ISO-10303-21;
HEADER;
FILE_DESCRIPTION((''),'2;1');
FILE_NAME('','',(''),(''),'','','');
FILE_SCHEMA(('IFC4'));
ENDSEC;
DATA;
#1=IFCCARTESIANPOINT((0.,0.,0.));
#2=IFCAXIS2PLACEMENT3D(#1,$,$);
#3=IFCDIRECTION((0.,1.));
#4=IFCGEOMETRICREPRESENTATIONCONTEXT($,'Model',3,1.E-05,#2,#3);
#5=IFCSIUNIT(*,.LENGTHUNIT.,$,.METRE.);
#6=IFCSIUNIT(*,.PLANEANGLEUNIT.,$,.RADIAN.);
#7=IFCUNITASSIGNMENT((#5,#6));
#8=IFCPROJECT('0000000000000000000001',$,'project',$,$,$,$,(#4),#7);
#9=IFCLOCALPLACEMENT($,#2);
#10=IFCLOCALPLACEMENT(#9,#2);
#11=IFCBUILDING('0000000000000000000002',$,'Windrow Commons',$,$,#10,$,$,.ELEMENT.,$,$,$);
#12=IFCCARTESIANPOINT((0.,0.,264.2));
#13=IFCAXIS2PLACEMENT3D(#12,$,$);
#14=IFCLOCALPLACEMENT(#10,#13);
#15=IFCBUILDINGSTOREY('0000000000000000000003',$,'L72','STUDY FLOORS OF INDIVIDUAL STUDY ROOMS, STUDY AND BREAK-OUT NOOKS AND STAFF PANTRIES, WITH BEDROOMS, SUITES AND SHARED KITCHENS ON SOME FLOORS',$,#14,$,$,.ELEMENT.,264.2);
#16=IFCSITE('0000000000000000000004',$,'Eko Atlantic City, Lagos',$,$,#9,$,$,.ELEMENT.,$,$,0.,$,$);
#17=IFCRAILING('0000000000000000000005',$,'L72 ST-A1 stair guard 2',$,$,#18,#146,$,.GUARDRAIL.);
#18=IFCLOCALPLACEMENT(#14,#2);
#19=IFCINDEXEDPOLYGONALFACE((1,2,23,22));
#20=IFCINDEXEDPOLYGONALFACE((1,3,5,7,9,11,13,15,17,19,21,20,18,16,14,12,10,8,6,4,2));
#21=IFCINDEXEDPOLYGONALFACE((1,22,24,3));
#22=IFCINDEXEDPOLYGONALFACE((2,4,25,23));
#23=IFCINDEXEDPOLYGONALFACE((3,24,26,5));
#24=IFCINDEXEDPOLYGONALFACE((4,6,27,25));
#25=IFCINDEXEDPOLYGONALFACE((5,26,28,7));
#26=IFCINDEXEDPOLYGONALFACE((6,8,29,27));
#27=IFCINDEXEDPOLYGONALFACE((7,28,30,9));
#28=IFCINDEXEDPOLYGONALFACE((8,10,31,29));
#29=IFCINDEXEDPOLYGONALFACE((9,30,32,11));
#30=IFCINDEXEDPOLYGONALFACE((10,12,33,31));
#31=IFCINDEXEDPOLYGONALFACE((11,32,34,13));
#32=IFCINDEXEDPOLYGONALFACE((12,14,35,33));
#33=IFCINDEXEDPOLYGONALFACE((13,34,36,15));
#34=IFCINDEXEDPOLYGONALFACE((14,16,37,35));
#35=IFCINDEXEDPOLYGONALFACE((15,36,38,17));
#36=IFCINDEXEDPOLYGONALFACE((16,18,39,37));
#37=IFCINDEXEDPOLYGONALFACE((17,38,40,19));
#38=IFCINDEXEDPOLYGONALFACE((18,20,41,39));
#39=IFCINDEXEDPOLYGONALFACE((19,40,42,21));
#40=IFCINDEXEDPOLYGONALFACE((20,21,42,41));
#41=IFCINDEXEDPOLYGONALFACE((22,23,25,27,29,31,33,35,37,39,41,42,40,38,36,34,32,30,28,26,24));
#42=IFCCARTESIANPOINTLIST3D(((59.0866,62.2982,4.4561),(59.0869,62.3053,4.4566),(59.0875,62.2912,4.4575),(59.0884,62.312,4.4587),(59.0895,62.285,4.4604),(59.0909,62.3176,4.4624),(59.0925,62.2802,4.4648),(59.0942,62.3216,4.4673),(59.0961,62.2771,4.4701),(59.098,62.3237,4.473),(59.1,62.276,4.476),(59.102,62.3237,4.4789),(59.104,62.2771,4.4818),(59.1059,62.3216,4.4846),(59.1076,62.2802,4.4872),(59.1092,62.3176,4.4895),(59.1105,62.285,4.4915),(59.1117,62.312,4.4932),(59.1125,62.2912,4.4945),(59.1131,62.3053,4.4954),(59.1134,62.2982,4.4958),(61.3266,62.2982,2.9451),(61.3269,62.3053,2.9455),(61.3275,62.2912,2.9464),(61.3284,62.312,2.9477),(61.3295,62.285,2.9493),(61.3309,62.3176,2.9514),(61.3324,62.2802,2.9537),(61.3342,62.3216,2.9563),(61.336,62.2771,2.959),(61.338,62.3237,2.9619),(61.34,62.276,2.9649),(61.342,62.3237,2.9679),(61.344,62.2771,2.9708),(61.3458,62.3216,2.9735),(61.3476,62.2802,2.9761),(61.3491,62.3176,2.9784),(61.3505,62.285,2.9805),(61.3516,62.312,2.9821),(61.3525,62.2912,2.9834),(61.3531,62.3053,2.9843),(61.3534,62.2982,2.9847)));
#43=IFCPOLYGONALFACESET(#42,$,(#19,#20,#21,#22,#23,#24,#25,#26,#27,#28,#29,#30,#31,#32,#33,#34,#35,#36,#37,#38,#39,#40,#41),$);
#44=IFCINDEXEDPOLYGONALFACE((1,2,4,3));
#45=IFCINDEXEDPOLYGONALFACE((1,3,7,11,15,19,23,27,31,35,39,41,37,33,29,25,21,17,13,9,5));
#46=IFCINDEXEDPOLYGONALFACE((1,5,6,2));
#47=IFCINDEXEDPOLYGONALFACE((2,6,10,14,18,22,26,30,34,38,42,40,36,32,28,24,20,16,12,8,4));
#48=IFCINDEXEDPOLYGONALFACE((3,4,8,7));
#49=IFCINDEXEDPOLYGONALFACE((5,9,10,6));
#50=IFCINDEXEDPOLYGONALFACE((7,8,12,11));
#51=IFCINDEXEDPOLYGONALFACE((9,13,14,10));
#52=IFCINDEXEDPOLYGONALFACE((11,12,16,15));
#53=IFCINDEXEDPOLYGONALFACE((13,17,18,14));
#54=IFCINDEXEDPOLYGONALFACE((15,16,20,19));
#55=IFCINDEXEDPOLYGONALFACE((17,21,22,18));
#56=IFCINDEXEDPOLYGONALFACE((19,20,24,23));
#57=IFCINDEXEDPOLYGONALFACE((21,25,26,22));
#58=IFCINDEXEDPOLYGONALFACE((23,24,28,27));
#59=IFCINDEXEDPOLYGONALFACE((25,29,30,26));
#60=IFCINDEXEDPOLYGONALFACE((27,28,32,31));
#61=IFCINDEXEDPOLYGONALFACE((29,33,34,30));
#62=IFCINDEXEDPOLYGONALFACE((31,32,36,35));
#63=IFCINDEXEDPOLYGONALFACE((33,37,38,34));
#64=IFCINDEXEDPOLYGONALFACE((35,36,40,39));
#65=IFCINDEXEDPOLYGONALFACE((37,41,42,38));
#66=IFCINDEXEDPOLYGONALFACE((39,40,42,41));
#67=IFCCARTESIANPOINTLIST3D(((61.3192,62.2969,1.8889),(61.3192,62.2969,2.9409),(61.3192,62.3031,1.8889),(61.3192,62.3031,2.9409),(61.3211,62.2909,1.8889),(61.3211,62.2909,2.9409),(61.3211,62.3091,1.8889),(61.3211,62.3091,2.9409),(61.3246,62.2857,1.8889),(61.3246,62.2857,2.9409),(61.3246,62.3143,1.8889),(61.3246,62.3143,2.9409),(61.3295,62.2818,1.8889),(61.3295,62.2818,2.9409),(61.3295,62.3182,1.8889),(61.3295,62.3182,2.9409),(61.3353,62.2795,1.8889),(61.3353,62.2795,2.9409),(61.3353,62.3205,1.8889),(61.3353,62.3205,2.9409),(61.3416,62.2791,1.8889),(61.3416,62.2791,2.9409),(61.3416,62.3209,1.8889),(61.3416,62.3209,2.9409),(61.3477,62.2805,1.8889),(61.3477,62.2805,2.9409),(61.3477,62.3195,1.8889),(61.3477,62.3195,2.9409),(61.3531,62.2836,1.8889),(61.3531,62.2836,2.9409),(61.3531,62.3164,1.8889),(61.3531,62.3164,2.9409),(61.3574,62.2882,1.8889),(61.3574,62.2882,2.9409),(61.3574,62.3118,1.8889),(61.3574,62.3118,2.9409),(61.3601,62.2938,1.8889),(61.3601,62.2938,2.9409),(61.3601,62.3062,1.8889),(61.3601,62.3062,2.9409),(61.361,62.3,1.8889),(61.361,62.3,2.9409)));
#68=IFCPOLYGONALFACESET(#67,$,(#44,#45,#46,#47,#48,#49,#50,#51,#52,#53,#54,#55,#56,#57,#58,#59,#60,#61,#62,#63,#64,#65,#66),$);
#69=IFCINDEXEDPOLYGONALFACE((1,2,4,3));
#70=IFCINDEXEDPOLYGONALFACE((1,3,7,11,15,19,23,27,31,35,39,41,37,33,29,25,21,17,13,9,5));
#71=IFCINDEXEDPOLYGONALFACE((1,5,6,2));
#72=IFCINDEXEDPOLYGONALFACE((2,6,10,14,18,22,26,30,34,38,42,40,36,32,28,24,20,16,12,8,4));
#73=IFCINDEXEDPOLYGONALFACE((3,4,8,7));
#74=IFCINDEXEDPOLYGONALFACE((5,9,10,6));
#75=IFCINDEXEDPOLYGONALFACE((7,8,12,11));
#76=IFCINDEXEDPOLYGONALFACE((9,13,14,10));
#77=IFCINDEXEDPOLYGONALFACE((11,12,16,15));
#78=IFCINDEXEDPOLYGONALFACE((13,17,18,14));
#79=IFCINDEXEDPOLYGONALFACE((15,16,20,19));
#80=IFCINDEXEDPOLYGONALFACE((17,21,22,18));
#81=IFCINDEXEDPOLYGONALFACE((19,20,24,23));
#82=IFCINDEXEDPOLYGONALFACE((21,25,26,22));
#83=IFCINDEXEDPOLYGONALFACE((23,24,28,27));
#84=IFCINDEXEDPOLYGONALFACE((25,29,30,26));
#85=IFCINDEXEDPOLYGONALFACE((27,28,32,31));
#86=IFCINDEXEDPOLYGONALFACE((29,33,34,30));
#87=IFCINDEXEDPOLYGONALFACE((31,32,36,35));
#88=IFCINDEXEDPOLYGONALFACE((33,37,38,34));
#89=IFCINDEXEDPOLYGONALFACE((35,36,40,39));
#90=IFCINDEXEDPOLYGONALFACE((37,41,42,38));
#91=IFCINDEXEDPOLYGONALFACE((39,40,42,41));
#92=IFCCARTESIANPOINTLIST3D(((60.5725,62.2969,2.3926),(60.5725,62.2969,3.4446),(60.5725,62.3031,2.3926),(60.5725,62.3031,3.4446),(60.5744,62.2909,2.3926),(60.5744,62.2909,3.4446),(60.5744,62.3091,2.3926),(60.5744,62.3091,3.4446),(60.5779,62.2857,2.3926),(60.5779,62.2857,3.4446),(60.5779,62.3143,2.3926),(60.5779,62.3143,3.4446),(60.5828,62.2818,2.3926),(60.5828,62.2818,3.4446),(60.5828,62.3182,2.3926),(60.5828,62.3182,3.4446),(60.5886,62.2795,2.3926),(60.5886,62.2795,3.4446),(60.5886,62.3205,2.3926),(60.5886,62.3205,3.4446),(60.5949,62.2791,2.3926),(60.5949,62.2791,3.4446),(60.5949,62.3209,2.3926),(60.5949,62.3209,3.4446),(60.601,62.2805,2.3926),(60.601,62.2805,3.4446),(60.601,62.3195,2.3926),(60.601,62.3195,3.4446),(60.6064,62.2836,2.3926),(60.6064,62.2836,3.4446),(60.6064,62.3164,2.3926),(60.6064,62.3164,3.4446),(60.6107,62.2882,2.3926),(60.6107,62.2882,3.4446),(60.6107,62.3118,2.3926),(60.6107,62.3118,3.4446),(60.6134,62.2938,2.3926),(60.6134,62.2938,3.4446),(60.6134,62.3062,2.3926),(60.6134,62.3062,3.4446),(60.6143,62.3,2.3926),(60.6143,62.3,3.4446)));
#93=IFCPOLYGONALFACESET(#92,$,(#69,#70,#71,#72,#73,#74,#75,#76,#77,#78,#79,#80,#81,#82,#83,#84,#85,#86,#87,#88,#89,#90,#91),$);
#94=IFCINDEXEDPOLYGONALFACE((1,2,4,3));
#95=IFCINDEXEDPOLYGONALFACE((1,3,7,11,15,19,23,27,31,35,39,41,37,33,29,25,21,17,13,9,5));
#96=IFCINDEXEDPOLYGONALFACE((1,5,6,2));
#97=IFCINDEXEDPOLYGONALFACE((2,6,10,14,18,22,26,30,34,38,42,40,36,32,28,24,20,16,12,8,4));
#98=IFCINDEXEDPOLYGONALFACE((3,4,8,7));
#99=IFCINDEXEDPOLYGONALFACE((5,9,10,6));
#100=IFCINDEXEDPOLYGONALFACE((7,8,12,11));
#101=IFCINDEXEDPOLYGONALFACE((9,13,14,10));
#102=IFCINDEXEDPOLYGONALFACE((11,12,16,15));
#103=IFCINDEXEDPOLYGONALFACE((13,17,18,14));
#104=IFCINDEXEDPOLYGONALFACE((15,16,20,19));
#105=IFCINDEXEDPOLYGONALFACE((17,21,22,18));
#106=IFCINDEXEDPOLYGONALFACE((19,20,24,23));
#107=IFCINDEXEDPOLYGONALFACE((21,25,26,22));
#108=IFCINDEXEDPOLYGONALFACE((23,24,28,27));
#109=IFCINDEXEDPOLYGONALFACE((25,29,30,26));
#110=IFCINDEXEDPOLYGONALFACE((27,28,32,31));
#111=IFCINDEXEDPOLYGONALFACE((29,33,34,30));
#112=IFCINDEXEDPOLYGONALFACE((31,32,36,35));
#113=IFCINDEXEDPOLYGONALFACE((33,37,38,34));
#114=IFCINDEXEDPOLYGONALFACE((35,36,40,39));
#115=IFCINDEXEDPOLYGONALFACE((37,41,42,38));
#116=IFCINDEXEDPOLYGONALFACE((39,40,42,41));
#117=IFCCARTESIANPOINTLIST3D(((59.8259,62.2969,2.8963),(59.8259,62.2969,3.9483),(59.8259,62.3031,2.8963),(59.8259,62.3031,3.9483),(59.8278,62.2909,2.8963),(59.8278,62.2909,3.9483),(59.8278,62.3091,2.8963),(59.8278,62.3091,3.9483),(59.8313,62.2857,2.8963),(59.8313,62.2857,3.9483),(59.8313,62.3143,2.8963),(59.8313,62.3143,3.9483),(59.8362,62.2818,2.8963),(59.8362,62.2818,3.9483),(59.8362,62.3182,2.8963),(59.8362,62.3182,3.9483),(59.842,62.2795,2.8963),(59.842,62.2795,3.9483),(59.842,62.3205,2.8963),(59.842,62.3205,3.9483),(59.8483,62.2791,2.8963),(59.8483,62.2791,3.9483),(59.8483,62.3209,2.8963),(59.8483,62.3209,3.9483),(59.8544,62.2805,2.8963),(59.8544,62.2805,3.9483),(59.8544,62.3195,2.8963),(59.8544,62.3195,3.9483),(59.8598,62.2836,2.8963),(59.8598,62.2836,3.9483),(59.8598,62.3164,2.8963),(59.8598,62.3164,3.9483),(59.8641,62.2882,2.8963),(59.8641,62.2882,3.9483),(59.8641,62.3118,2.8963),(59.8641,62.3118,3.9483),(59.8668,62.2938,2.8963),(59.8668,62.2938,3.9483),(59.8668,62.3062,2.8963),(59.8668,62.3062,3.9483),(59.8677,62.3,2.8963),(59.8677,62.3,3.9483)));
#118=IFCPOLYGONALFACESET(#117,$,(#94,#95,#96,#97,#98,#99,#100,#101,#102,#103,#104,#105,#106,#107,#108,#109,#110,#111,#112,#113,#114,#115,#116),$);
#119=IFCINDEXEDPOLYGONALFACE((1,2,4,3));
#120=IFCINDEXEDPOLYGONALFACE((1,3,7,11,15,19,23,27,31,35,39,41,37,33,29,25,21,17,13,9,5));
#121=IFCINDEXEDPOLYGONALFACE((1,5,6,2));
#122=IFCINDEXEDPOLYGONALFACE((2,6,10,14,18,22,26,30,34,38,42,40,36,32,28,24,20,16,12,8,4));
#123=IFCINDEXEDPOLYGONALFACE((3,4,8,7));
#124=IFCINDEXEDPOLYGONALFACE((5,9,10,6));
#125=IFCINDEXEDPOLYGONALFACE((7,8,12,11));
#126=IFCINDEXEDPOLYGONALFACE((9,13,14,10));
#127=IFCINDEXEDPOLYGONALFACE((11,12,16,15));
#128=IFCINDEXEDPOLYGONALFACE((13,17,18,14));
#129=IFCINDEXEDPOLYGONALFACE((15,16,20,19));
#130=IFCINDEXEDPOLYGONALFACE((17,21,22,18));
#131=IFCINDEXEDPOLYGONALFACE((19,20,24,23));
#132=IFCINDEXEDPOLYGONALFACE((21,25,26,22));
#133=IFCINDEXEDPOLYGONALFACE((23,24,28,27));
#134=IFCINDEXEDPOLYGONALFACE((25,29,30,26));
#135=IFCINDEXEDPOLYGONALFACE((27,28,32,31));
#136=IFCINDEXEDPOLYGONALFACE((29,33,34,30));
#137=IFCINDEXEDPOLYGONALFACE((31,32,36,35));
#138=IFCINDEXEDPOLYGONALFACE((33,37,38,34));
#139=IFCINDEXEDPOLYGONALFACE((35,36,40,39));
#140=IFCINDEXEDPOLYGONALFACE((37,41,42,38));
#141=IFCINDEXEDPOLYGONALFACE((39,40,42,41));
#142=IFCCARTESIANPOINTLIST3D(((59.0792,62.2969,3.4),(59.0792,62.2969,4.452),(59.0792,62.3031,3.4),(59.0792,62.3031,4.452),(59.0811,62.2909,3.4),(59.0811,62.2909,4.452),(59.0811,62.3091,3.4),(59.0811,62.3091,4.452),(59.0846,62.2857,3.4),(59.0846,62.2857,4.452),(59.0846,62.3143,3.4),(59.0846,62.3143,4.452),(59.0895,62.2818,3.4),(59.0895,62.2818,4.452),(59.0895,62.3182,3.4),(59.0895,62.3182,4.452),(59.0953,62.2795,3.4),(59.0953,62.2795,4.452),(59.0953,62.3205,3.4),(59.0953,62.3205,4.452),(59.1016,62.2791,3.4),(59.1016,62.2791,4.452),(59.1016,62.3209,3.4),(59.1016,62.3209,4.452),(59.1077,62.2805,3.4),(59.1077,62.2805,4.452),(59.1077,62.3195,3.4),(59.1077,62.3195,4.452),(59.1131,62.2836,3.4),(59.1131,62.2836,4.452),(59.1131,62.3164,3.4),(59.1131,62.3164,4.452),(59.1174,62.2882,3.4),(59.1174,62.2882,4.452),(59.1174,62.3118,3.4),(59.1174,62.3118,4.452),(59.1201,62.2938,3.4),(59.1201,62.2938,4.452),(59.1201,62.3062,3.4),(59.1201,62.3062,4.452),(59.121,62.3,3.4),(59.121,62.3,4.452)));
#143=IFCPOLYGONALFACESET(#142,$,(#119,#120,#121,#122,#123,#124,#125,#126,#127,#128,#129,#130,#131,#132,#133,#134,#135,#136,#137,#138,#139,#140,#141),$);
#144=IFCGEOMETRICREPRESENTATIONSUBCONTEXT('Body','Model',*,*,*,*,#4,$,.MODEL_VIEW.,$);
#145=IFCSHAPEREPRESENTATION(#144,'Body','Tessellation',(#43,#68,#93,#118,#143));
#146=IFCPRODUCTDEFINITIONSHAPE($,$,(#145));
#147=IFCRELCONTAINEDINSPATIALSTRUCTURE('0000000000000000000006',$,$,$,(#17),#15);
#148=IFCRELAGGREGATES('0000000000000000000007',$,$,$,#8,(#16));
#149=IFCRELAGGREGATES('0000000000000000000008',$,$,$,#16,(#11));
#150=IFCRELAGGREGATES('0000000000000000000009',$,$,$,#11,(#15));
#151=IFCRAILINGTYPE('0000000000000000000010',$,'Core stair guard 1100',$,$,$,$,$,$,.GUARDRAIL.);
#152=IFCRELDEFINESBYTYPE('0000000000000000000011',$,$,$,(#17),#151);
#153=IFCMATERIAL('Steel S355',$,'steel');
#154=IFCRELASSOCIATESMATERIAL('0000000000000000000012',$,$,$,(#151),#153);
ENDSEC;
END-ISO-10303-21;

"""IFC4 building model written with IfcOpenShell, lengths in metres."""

from ifc_helpers import new_model, si_unit, direction, frame, origin, origin_2d, place, context, subcontext, project, spatial, circle, extrude, material, type_object, element, save


model = new_model("IFC4")

# Units and contexts
model_context = context("Model", 3, precision=1e-05, world=origin(), true_north=direction((0.0, 1.0)))
body_context = subcontext(model_context, "Body", "Model", "MODEL_VIEW")
ifc_project = project(units=[si_unit("LENGTHUNIT", "METRE"), si_unit("PLANEANGLEUNIT", "RADIAN")], contexts=[model_context])

# Site, building, storey
site_placement = place(None, origin())
site = spatial("IfcSite", under=ifc_project, at=site_placement, Name="Eko Atlantic City, Lagos", CompositionType="ELEMENT", RefElevation=0.0)
building_placement = place(site_placement, origin())
building = spatial("IfcBuilding", under=site, at=building_placement, Name="Windrow Commons", CompositionType="ELEMENT")
storey_placement = place(building_placement, frame((0.0, 0.0, 264.2)))
storey = spatial("IfcBuildingStorey", under=building, at=storey_placement, Name="L72", Description="STUDY FLOORS OF INDIVIDUAL STUDY ROOMS, STUDY AND BREAK-OUT NOOKS AND STAFF PANTRIES, WITH BEDROOMS, SUITES AND SHARED KITCHENS ON SOME FLOORS", CompositionType="ELEMENT", Elevation=264.2)

# Railing
ifc_material_1 = material(Name="Steel S355", Category="steel")
railing_type_1 = type_object("IfcRailingType", Name="Core stair guard 1100", PredefinedType="GUARDRAIL", material=ifc_material_1)
railing_1_placement = place(storey_placement, frame((61.34, 62.3, 1.8889)))
element("IfcRailing", 1, at=railing_1_placement, inside=storey, type_object=railing_type_1, Name="L72 ST-A1 stair guard 2", PredefinedType="GUARDRAIL", context=body_context, shape_type="SweptSolid", body=[
    extrude(circle(Radius=0.024, at=origin_2d()), frame((0.0, 0.0, 1.076), z_axis=(-0.829003, 0.0, 0.559244), x_axis=(0.0, -1.0, 0.0)), (0.0, 0.0, 1.0), 2.702),
    extrude(circle(Radius=0.021, at=origin_2d()), origin(), (0.0, 0.0, 1.0), 1.052),
    extrude(circle(Radius=0.021, at=origin_2d()), frame((-0.7467, 0.0, 0.5037)), (0.0, 0.0, 1.0), 1.052),
    extrude(circle(Radius=0.021, at=origin_2d()), frame((-1.4933, 0.0, 1.0074)), (0.0, 0.0, 1.0), 1.052),
    extrude(circle(Radius=0.021, at=origin_2d()), frame((-2.24, 0.0, 1.5111)), (0.0, 0.0, 1.0), 1.052),
])

save(model, "model.ifc")
